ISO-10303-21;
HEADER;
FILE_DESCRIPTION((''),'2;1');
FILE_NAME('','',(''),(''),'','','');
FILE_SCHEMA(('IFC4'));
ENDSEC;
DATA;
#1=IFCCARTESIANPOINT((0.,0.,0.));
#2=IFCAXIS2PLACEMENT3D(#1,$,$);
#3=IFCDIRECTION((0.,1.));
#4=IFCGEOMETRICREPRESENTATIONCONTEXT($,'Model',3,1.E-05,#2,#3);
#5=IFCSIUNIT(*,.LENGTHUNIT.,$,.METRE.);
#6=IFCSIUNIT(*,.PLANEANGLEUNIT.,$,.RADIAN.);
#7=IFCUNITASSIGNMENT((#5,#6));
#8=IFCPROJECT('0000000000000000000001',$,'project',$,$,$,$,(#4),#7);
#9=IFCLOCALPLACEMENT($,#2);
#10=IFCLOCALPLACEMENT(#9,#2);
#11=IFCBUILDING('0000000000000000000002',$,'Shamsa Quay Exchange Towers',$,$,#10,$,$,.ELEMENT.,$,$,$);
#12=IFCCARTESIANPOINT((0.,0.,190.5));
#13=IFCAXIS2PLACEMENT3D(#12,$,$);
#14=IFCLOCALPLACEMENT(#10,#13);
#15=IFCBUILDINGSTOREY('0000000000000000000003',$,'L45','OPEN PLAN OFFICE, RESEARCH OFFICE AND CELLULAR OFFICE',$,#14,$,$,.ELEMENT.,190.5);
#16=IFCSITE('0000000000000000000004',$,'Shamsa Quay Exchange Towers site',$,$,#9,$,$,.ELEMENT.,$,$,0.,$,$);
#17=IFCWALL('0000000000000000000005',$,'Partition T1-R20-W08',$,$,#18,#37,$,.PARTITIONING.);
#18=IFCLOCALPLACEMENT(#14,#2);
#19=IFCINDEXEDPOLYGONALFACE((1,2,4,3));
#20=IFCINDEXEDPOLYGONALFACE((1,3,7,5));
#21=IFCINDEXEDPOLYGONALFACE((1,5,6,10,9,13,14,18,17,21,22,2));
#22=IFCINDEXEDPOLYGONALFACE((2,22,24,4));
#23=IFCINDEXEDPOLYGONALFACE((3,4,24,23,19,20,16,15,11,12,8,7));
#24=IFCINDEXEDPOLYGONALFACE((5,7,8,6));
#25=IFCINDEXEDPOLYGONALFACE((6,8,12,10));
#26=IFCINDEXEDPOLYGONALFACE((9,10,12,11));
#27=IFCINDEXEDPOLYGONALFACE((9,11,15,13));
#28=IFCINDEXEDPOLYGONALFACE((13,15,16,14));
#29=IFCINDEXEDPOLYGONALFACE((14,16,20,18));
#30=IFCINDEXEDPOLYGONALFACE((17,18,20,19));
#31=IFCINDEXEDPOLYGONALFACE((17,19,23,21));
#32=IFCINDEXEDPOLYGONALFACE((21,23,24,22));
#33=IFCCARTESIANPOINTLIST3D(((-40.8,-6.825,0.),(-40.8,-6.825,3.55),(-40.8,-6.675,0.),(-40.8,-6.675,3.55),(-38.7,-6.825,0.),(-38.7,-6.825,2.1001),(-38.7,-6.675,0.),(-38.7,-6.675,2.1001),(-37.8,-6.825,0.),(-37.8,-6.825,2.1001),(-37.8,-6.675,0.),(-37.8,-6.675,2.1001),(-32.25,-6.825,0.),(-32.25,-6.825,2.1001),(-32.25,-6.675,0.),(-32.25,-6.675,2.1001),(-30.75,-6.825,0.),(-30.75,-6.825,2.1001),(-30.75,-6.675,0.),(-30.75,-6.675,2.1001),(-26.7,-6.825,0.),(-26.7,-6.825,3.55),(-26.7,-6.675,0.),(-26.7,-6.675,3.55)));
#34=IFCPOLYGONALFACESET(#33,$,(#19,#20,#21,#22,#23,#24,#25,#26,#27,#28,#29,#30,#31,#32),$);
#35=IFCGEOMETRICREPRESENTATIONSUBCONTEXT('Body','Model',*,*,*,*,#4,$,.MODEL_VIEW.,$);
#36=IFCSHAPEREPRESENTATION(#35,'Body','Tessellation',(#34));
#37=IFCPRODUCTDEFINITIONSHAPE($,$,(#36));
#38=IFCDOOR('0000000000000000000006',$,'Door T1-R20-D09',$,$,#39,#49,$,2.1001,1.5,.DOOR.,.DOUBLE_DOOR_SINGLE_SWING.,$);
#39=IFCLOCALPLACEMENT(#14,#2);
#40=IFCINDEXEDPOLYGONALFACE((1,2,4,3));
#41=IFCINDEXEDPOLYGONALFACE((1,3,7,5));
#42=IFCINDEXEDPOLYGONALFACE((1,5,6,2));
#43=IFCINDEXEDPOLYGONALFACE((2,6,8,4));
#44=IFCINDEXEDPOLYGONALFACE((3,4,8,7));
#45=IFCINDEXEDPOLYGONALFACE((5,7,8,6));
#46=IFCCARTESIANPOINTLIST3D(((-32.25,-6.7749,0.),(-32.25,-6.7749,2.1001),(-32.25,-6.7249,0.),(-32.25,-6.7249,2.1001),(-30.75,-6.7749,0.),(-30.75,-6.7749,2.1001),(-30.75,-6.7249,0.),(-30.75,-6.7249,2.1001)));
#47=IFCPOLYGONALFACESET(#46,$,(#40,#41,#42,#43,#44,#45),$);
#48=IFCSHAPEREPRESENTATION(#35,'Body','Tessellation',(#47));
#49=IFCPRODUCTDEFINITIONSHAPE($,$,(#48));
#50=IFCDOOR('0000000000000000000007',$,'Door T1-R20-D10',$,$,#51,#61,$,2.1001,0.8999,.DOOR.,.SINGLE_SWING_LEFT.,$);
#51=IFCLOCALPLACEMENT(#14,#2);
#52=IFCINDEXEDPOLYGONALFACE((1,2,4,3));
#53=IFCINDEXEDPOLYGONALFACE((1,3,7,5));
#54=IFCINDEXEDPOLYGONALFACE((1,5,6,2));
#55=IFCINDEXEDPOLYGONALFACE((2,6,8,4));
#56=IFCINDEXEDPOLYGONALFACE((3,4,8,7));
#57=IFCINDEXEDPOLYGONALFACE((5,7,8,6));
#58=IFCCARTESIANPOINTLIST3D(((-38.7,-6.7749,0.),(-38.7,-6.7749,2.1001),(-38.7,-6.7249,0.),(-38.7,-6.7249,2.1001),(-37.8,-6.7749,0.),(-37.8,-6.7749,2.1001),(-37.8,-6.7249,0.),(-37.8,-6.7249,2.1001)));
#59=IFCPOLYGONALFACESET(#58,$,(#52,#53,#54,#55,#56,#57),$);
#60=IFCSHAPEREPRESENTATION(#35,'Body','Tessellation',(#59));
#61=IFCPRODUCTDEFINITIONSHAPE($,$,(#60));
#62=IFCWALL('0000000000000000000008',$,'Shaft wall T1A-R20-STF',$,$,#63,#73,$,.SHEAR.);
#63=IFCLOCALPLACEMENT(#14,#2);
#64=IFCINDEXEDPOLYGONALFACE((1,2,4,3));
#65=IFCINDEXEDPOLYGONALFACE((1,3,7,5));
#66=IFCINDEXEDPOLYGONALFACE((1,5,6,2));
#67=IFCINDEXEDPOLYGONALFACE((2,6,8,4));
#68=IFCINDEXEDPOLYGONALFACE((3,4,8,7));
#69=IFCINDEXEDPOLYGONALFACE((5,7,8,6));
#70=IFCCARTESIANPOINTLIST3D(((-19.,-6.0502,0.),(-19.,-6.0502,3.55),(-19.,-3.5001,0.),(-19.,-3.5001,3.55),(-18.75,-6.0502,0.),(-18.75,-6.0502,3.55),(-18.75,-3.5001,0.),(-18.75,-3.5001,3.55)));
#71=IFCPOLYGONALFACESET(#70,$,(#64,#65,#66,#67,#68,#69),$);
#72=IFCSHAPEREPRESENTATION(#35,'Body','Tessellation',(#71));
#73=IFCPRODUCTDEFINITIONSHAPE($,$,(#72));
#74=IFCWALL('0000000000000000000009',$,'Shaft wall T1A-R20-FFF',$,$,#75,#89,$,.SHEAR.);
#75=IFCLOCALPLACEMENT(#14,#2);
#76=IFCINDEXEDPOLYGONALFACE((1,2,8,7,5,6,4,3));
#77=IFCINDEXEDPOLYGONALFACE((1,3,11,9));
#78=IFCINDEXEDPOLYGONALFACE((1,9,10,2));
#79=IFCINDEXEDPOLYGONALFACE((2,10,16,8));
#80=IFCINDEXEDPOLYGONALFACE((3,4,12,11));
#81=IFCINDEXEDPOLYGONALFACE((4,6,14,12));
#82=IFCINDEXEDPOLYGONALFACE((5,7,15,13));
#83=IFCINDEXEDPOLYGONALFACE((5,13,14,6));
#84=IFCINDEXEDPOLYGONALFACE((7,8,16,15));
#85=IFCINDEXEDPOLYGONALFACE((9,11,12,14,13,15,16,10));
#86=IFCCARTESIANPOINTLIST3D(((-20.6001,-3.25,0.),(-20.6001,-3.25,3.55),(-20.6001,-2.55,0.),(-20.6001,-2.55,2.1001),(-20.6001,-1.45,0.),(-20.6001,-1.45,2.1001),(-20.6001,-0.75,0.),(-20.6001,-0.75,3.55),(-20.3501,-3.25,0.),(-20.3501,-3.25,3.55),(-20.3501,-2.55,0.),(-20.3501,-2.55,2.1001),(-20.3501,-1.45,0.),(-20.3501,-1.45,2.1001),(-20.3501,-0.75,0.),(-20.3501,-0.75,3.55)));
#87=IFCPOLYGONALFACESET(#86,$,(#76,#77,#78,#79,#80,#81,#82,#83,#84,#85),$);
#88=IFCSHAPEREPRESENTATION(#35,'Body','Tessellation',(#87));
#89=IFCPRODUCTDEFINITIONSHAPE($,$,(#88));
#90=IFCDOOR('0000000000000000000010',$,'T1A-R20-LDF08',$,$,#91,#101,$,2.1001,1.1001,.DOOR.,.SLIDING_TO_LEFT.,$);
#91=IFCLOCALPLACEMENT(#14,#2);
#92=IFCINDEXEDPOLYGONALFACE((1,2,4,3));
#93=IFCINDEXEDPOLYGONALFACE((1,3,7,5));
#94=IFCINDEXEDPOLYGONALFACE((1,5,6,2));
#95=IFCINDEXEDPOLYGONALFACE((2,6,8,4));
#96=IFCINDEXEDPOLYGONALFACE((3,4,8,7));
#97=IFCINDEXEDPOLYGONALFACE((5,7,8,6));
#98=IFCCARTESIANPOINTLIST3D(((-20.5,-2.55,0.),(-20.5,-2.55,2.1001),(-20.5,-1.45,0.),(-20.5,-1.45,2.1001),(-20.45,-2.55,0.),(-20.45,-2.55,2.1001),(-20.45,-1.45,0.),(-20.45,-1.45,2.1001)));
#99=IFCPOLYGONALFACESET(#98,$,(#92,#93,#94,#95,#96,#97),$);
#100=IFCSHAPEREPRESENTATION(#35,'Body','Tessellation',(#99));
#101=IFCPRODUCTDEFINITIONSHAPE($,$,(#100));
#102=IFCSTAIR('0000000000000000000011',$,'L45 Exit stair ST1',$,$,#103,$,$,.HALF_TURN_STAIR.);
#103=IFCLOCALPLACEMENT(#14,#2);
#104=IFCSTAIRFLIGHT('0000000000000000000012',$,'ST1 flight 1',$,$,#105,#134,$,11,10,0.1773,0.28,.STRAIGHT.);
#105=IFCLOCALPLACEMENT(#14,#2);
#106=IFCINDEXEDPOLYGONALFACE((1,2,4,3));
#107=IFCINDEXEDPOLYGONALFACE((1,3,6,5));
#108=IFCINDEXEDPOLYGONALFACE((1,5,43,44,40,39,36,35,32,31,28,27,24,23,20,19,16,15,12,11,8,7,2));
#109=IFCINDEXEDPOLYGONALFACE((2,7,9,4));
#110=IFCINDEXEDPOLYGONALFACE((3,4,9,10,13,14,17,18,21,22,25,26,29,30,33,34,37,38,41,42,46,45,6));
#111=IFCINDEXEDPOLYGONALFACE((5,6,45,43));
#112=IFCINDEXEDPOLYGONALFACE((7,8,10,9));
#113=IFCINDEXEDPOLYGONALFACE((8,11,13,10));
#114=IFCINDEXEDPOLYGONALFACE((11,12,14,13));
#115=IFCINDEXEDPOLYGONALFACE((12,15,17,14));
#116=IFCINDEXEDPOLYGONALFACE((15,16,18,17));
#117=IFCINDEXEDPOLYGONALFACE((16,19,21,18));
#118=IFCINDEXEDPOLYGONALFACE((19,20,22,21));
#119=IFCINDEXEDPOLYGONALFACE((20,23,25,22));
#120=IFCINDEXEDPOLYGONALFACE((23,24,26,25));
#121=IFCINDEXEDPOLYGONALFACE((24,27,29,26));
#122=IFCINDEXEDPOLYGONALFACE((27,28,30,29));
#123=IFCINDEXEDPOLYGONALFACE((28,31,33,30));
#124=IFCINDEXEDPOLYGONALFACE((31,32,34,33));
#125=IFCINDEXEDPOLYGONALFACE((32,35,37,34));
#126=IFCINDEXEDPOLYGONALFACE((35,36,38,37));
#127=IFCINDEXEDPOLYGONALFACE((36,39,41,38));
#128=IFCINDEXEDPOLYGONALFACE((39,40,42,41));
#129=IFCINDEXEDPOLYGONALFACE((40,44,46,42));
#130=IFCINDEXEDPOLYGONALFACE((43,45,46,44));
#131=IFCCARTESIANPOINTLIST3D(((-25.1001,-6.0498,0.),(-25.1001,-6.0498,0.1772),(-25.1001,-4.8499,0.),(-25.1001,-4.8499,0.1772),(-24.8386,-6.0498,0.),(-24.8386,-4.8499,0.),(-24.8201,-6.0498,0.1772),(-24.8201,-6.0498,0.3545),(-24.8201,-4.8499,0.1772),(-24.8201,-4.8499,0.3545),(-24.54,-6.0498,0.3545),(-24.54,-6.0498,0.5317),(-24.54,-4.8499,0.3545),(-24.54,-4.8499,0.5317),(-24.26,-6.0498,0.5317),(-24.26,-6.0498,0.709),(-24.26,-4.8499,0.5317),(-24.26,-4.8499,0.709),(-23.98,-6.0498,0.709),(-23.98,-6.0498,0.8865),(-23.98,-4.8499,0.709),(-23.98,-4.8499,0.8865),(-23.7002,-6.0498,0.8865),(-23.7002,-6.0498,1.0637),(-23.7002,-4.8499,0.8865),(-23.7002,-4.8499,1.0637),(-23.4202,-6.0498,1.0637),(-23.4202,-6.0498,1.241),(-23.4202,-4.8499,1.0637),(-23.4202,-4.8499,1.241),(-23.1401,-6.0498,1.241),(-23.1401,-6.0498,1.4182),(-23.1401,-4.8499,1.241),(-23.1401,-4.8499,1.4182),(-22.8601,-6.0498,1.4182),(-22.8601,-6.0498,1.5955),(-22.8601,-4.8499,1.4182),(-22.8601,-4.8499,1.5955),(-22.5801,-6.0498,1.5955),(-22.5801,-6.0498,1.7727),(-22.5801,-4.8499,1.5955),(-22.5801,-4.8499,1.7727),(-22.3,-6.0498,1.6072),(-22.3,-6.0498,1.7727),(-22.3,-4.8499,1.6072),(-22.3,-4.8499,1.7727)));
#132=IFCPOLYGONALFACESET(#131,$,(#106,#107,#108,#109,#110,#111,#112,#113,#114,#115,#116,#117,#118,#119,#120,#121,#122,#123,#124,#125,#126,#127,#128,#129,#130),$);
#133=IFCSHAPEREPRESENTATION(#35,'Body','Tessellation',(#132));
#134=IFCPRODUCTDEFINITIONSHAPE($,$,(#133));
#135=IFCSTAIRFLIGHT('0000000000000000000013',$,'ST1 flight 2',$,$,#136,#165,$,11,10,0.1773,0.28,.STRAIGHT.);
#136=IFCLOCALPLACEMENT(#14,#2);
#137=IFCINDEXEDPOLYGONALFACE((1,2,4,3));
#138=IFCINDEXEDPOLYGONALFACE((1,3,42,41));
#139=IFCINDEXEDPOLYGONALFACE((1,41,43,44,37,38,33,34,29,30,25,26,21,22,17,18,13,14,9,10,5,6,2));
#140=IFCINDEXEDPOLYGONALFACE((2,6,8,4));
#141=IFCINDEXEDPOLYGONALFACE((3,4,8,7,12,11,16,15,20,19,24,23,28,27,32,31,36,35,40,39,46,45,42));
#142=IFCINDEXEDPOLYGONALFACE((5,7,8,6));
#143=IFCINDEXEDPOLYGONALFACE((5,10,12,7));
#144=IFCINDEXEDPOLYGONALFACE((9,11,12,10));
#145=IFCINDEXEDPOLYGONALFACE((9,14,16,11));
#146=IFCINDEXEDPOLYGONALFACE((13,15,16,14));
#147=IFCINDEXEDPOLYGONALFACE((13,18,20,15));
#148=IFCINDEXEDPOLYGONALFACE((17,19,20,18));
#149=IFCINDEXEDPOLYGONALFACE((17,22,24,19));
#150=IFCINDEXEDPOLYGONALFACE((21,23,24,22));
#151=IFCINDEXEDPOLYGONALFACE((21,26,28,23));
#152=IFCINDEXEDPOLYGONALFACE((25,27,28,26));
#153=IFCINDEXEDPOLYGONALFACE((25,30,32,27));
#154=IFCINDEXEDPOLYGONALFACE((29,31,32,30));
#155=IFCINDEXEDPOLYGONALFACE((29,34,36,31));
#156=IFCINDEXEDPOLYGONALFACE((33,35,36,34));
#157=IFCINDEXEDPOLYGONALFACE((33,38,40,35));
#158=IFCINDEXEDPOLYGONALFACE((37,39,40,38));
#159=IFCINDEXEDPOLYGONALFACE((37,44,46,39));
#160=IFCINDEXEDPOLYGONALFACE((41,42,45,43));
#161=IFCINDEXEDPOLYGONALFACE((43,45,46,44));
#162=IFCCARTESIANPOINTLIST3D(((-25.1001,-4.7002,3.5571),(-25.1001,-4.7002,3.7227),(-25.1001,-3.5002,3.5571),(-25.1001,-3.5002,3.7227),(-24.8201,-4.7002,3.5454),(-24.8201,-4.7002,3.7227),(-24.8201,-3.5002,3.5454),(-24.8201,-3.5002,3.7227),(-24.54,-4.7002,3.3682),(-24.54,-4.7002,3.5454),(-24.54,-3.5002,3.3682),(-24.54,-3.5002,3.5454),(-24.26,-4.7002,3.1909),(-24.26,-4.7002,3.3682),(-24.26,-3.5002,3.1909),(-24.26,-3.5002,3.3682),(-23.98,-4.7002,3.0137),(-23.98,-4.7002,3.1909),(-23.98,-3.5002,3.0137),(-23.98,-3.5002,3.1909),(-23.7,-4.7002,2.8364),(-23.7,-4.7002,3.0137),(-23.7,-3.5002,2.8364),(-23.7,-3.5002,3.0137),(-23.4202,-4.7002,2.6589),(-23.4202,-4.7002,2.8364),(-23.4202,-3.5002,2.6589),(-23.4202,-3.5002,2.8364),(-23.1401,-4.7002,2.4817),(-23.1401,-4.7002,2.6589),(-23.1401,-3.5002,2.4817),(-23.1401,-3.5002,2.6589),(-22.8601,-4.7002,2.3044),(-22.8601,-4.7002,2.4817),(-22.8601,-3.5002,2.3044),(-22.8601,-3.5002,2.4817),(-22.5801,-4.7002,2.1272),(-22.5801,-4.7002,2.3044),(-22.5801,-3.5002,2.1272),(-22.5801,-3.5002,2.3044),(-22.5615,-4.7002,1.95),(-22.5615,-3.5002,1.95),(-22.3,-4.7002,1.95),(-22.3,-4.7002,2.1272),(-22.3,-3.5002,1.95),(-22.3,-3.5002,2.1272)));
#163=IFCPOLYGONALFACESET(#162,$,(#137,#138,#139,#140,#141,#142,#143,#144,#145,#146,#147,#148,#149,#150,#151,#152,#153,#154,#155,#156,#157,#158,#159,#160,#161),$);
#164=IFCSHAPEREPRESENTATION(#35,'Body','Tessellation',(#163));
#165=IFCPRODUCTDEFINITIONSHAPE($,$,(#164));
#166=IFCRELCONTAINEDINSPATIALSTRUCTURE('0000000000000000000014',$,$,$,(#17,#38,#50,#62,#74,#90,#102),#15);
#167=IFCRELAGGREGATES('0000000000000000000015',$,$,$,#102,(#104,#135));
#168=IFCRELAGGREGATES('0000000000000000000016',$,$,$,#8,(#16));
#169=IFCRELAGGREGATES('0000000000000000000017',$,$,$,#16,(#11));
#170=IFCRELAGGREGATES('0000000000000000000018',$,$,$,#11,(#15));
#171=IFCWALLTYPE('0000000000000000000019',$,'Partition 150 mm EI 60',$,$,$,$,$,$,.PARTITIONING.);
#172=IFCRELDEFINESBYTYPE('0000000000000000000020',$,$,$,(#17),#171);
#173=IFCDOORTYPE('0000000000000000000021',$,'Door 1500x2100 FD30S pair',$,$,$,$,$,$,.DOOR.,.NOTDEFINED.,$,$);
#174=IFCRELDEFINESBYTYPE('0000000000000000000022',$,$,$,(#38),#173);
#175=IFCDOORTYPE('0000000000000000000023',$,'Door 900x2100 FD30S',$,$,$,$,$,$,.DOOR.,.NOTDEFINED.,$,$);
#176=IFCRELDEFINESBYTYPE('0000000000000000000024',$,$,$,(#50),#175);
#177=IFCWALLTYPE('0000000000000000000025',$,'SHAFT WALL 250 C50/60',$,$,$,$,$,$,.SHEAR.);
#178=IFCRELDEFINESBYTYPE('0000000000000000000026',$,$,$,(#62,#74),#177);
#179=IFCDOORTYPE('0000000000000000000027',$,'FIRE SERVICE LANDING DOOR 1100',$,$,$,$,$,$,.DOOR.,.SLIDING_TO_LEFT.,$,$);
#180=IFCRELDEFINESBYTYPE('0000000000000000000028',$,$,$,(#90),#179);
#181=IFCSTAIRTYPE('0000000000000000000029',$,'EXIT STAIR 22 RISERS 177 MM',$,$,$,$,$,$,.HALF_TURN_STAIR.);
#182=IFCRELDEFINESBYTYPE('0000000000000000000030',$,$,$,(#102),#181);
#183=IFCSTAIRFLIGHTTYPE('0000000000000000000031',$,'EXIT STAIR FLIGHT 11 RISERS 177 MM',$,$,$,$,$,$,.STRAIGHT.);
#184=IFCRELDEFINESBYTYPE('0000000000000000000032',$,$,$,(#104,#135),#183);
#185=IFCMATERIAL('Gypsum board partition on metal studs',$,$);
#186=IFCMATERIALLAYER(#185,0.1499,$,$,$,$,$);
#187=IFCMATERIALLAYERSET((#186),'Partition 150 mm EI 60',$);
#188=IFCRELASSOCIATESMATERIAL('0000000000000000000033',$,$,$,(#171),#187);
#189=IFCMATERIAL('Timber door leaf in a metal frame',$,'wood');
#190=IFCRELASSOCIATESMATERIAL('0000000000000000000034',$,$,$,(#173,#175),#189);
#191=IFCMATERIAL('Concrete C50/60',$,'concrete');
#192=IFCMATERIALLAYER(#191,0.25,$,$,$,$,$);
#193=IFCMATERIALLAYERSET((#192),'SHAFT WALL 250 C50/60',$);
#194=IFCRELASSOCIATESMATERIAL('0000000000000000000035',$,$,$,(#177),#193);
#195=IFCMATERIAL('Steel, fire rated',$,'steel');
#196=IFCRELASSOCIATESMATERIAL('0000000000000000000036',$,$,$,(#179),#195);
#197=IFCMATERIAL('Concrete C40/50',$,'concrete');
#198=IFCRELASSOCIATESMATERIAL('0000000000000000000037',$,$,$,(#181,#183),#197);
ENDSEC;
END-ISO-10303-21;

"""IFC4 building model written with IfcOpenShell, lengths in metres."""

from ifc_helpers import new_model, si_unit, direction, frame, frame_2d, origin, place, context, subcontext, project, spatial, polyline, rectangle, outline, extrude, material, layer, layer_set, type_object, element, fill, aggregate, save


model = new_model("IFC4")

# Units and contexts
model_context = context("Model", 3, precision=1e-05, world=origin(), true_north=direction((0.0, 1.0)))
body_context = subcontext(model_context, "Body", "Model", "MODEL_VIEW")
ifc_project = project(units=[si_unit("LENGTHUNIT", "METRE"), si_unit("PLANEANGLEUNIT", "RADIAN")], contexts=[model_context])

# Site, building, storey
site_placement = place(None, origin())
site = spatial("IfcSite", under=ifc_project, at=site_placement, Name="Shamsa Quay Exchange Towers site", CompositionType="ELEMENT", RefElevation=0.0)
building_placement = place(site_placement, origin())
building = spatial("IfcBuilding", under=site, at=building_placement, Name="Shamsa Quay Exchange Towers", CompositionType="ELEMENT")
storey_placement = place(building_placement, frame((0.0, 0.0, 190.5)))
storey = spatial("IfcBuildingStorey", under=building, at=storey_placement, Name="L45", Description="OPEN PLAN OFFICE, RESEARCH OFFICE AND CELLULAR OFFICE", CompositionType="ELEMENT", Elevation=190.5)

# Wall, openings, doors
ifc_material_1 = material(Name="Gypsum board partition on metal studs")
ifc_layer_1 = layer(ifc_material_1, 0.1499)
ifc_layer_set_1 = layer_set([ifc_layer_1], Name="Partition 150 mm EI 60")
wall_type_1 = type_object("IfcWallType", Name="Partition 150 mm EI 60", PredefinedType="PARTITIONING", material=ifc_layer_set_1)
wall_1_placement = place(storey_placement, frame((-26.7, -6.75, 0.0), z_axis=(0.0, 0.0, 1.0), x_axis=(-1.0, 0.0, 0.0)))
wall_1 = element("IfcWall", 1, at=wall_1_placement, inside=storey, type_object=wall_type_1, Name="Partition T1-R20-W08", PredefinedType="PARTITIONING", context=body_context, shape_type="SweptSolid", body=[
    extrude(rectangle(XDim=14.1001, YDim=0.1499, at=frame_2d((7.05, 0.0))), origin(), (0.0, 0.0, 1.0), 3.55),
])
opening_1_placement = place(wall_1_placement, frame((4.05, 0.0, 0.0)))
opening_1 = element("IfcOpeningElement", 2, at=opening_1_placement, cuts=wall_1, PredefinedType="OPENING", context=body_context, shape_type="SweptSolid", body=[
    extrude(rectangle(XDim=1.5, YDim=2.1001, at=frame_2d((0.75, 1.05))), frame((0.0, 0.085, 0.0), z_axis=(0.0, -1.0, 0.0), x_axis=(1.0, 0.0, 0.0)), (0.0, 0.0, 1.0), 0.1699),
])
opening_2_placement = place(wall_1_placement, frame((11.1001, 0.0, 0.0)))
opening_2 = element("IfcOpeningElement", 3, at=opening_2_placement, cuts=wall_1, PredefinedType="OPENING", context=body_context, shape_type="SweptSolid", body=[
    extrude(rectangle(XDim=0.8999, YDim=2.1001, at=frame_2d((0.45, 1.05))), frame((0.0, 0.085, 0.0), z_axis=(0.0, -1.0, 0.0), x_axis=(1.0, 0.0, 0.0)), (0.0, 0.0, 1.0), 0.1699),
])
ifc_material_2 = material(Name="Timber door leaf in a metal frame", Category="wood")
door_type_1 = type_object("IfcDoorType", Name="Door 1500x2100 FD30S pair", OperationType="NOTDEFINED", PredefinedType="DOOR", material=ifc_material_2)
door_1_placement = place(opening_1_placement, origin())
door_1 = element("IfcDoor", 4, at=door_1_placement, inside=storey, type_object=door_type_1, Name="Door T1-R20-D09", OperationType="DOUBLE_DOOR_SINGLE_SWING", OverallHeight=2.1001, OverallWidth=1.5, PredefinedType="DOOR", context=body_context, shape_type="SweptSolid", body=[
    extrude(rectangle(XDim=1.5, YDim=2.1001, at=frame_2d((0.75, 1.05))), frame((0.0, 0.0249, 0.0), z_axis=(0.0, -1.0, 0.0), x_axis=(1.0, 0.0, 0.0)), (0.0, 0.0, 1.0), 0.05),
])
fill(opening_1, door_1)
door_type_2 = type_object("IfcDoorType", Name="Door 900x2100 FD30S", OperationType="NOTDEFINED", PredefinedType="DOOR", material=ifc_material_2)
door_2_placement = place(opening_2_placement, origin())
door_2 = element("IfcDoor", 5, at=door_2_placement, inside=storey, type_object=door_type_2, Name="Door T1-R20-D10", OperationType="SINGLE_SWING_LEFT", OverallHeight=2.1001, OverallWidth=0.8999, PredefinedType="DOOR", context=body_context, shape_type="SweptSolid", body=[
    extrude(rectangle(XDim=0.8999, YDim=2.1001, at=frame_2d((0.45, 1.05))), frame((0.0, 0.0249, 0.0), z_axis=(0.0, -1.0, 0.0), x_axis=(1.0, 0.0, 0.0)), (0.0, 0.0, 1.0), 0.05),
])
fill(opening_2, door_2)

# Wall
ifc_material_3 = material(Name="Concrete C50/60", Category="concrete")
ifc_layer_2 = layer(ifc_material_3, 0.25)
ifc_layer_set_2 = layer_set([ifc_layer_2], Name="SHAFT WALL 250 C50/60")
wall_type_2 = type_object("IfcWallType", Name="SHAFT WALL 250 C50/60", PredefinedType="SHEAR", material=ifc_layer_set_2)
wall_2_placement = place(storey_placement, frame((-18.875, -6.05, 0.0), z_axis=(0.0, 0.0, 1.0), x_axis=(0.0, 1.0, 0.0)))
element("IfcWall", 6, at=wall_2_placement, inside=storey, type_object=wall_type_2, Name="Shaft wall T1A-R20-STF", PredefinedType="SHEAR", context=body_context, shape_type="SweptSolid", body=[
    extrude(rectangle(XDim=2.55, YDim=0.25, at=frame_2d((1.2749, 0.0))), origin(), (0.0, 0.0, 1.0), 3.55),
])

# Wall, opening, door
wall_3_placement = place(storey_placement, frame((-20.4751, -3.25, 0.0), z_axis=(0.0, 0.0, 1.0), x_axis=(0.0, 1.0, 0.0)))
wall_3 = element("IfcWall", 7, at=wall_3_placement, inside=storey, type_object=wall_type_2, Name="Shaft wall T1A-R20-FFF", PredefinedType="SHEAR", context=body_context, shape_type="SweptSolid", body=[
    extrude(rectangle(XDim=2.5, YDim=0.25, at=frame_2d((1.25, 0.0))), origin(), (0.0, 0.0, 1.0), 3.55),
])
opening_3_placement = place(wall_3_placement, frame((0.7, 0.0, 0.0)))
opening_3 = element("IfcOpeningElement", 8, at=opening_3_placement, cuts=wall_3, PredefinedType="OPENING", context=body_context, shape_type="SweptSolid", body=[
    extrude(rectangle(XDim=1.1001, YDim=2.1001, at=frame_2d((0.55, 1.05))), frame((0.0, 0.135, 0.0), z_axis=(0.0, -1.0, 0.0), x_axis=(1.0, 0.0, 0.0)), (0.0, 0.0, 1.0), 0.27),
])
ifc_material_4 = material(Name="Steel, fire rated", Category="steel")
door_type_3 = type_object("IfcDoorType", Name="FIRE SERVICE LANDING DOOR 1100", OperationType="SLIDING_TO_LEFT", PredefinedType="DOOR", material=ifc_material_4)
door_3_placement = place(opening_3_placement, origin())
door_3 = element("IfcDoor", 9, at=door_3_placement, inside=storey, type_object=door_type_3, Name="T1A-R20-LDF08", OperationType="SLIDING_TO_LEFT", OverallHeight=2.1001, OverallWidth=1.1001, PredefinedType="DOOR", context=body_context, shape_type="SweptSolid", body=[
    extrude(rectangle(XDim=1.1001, YDim=2.1001, at=frame_2d((0.55, 1.05))), frame((0.0, 0.0249, 0.0), z_axis=(0.0, -1.0, 0.0), x_axis=(1.0, 0.0, 0.0)), (0.0, 0.0, 1.0), 0.05),
])
fill(opening_3, door_3)

# Stair, stair flights
ifc_material_5 = material(Name="Concrete C40/50", Category="concrete")
stair_type = type_object("IfcStairType", Name="EXIT STAIR 22 RISERS 177 MM", PredefinedType="HALF_TURN_STAIR", material=ifc_material_5)
stair_placement = place(storey_placement, origin())
stair = element("IfcStair", 10, at=stair_placement, inside=storey, type_object=stair_type, Name="L45 Exit stair ST1", PredefinedType="HALF_TURN_STAIR")
stair_flight_type = type_object("IfcStairFlightType", Name="EXIT STAIR FLIGHT 11 RISERS 177 MM", PredefinedType="STRAIGHT", material=ifc_material_5)
stair_flight_1_placement = place(storey_placement, frame((-25.1001, -5.45, 0.0)))
stair_flight_1 = element("IfcStairFlight", 11, at=stair_flight_1_placement, type_object=stair_flight_type, Name="ST1 flight 1", NumberOfRisers=11, NumberOfTreads=10, PredefinedType="STRAIGHT", RiserHeight=0.1773, TreadLength=0.28, context=body_context, shape_type="SweptSolid", body=[
    extrude(outline(polyline([(0.0, 0.0), (0.0, 0.1772), (0.28, 0.1772), (0.28, 0.3545), (0.5601, 0.3545), (0.5601, 0.5317), (0.8401, 0.5317), (0.8401, 0.709), (1.1201, 0.709), (1.1201, 0.8865), (1.3999, 0.8865), (1.3999, 1.0637), (1.6799, 1.0637), (1.6799, 1.241), (1.96, 1.241), (1.96, 1.4182), (2.24, 1.4182), (2.24, 1.5955), (2.52, 1.5955), (2.52, 1.7727), (2.8, 1.7727), (2.8, 1.95), (2.8, 1.6072), (0.2615, 0.0), (0.0, 0.0)])), frame((0.0, 0.6001, 0.0), z_axis=(0.0, -1.0, 0.0), x_axis=(1.0, 0.0, 0.0)), (0.0, 0.0, 1.0), 1.2),
])
stair_flight_2_placement = place(storey_placement, frame((-22.3, -4.1001, 1.95), z_axis=(0.0, 0.0, 1.0), x_axis=(-1.0, 0.0, 0.0)))
stair_flight_2 = element("IfcStairFlight", 12, at=stair_flight_2_placement, type_object=stair_flight_type, Name="ST1 flight 2", NumberOfRisers=11, NumberOfTreads=10, PredefinedType="STRAIGHT", RiserHeight=0.1773, TreadLength=0.28, context=body_context, shape_type="SweptSolid", body=[
    extrude(outline(polyline([(0.0, 0.0), (0.0, 0.1772), (0.28, 0.1772), (0.28, 0.3545), (0.5601, 0.3545), (0.5601, 0.5317), (0.8401, 0.5317), (0.8401, 0.709), (1.1201, 0.709), (1.1201, 0.8865), (1.3999, 0.8865), (1.3999, 1.0637), (1.6799, 1.0637), (1.6799, 1.241), (1.96, 1.241), (1.96, 1.4182), (2.24, 1.4182), (2.24, 1.5955), (2.52, 1.5955), (2.52, 1.7727), (2.8, 1.7727), (2.8, 1.95), (2.8, 1.6072), (0.2615, 0.0), (0.0, 0.0)])), frame((0.0, 0.6001, 0.0), z_axis=(0.0, -1.0, 0.0), x_axis=(1.0, 0.0, 0.0)), (0.0, 0.0, 1.0), 1.2),
])
aggregate(stair, [stair_flight_1, stair_flight_2])

save(model, "model.ifc")
